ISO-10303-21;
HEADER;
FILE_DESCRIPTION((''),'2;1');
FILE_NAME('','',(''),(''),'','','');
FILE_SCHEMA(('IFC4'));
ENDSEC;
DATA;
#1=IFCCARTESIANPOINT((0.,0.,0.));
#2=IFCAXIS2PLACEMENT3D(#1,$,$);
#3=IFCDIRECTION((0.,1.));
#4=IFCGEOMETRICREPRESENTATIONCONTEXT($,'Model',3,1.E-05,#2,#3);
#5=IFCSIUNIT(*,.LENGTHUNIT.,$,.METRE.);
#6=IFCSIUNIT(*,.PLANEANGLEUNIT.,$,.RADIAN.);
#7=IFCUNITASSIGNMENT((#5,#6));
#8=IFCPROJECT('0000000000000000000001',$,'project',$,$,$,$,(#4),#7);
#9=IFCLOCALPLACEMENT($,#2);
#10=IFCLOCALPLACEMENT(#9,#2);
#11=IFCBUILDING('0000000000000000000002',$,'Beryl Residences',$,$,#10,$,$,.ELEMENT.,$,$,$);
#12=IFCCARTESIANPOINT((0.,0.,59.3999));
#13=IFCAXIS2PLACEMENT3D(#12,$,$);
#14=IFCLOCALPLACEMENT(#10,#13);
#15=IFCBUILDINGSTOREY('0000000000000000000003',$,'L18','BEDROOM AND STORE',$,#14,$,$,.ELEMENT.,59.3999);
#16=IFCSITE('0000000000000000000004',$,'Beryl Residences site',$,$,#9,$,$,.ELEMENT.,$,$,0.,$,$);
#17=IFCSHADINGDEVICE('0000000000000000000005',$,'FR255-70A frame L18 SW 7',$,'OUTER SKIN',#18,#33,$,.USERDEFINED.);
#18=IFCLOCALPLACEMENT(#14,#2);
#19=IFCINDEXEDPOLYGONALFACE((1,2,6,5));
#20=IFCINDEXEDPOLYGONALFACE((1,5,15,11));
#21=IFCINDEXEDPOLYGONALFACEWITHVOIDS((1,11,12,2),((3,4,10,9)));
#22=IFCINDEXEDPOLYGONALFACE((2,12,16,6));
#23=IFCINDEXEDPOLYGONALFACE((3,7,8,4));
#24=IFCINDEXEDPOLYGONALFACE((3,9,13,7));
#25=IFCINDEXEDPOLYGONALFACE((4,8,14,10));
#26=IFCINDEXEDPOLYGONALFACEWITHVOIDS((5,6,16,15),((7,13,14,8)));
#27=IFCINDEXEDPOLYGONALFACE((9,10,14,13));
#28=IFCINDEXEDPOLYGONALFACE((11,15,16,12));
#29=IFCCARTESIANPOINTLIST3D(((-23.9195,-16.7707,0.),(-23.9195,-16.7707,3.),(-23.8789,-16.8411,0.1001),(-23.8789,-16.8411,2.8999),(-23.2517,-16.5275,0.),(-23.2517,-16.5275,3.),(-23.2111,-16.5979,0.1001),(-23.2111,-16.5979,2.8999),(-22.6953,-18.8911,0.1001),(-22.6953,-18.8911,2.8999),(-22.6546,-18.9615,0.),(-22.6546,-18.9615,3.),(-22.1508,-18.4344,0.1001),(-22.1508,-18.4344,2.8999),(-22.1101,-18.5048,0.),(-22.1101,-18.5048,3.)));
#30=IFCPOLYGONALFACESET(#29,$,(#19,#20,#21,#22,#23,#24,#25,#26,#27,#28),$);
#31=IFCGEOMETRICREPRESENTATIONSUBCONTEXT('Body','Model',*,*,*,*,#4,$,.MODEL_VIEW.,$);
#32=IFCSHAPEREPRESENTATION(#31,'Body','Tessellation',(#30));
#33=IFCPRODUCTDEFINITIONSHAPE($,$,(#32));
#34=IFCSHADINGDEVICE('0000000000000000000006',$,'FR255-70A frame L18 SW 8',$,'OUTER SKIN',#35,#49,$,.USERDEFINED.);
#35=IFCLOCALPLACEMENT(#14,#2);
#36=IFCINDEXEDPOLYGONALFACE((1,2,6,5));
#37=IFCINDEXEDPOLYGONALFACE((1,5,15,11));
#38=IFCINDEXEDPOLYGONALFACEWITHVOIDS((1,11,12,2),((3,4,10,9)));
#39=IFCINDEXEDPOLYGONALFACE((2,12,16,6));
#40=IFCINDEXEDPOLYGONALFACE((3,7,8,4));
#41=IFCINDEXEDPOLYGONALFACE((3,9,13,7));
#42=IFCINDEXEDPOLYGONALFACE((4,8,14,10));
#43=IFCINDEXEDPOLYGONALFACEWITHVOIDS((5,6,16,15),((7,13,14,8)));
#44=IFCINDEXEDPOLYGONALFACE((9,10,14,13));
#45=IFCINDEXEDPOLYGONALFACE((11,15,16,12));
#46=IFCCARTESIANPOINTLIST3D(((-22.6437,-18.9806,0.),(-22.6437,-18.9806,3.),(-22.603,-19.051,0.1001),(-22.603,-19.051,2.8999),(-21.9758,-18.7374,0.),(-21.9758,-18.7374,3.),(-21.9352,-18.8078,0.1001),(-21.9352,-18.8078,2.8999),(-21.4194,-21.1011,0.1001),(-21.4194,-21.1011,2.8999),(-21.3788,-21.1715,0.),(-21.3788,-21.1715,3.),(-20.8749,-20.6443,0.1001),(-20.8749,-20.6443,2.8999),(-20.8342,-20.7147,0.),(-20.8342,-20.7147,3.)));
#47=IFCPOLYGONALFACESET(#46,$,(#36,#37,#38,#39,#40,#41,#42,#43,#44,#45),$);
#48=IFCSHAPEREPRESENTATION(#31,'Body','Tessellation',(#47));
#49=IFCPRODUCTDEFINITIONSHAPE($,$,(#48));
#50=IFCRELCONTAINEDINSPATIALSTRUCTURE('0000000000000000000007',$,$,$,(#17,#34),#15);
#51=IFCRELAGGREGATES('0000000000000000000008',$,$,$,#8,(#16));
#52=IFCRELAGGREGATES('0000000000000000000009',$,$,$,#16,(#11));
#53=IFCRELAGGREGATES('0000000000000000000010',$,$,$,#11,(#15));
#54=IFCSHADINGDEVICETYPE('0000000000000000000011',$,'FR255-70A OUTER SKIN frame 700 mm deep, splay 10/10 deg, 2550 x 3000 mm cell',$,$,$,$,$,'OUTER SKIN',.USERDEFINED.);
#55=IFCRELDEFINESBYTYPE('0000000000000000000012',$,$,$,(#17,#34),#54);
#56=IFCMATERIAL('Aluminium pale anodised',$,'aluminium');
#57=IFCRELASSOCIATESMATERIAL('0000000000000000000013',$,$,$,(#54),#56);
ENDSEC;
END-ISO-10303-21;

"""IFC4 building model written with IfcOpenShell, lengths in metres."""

from ifc_helpers import new_model, entity, si_unit, direction, frame, origin, place, context, subcontext, project, spatial, source, transform, mapped, material, type_object, type_shapes, element, save


model = new_model("IFC4")

# Units and contexts
model_context = context("Model", 3, precision=1e-05, world=origin(), true_north=direction((0.0, 1.0)))
body_context = subcontext(model_context, "Body", "Model", "MODEL_VIEW")
ifc_project = project(units=[si_unit("LENGTHUNIT", "METRE"), si_unit("PLANEANGLEUNIT", "RADIAN")], contexts=[model_context])

# Site, building, storey
site_placement = place(None, origin())
site = spatial("IfcSite", under=ifc_project, at=site_placement, Name="Beryl Residences site", CompositionType="ELEMENT", RefElevation=0.0)
building_placement = place(site_placement, origin())
building = spatial("IfcBuilding", under=site, at=building_placement, Name="Beryl Residences", CompositionType="ELEMENT")
storey_placement = place(building_placement, frame((0.0, 0.0, 59.3999)))
storey = spatial("IfcBuildingStorey", under=building, at=storey_placement, Name="L18", Description="BEDROOM AND STORE", CompositionType="ELEMENT", Elevation=59.3999)

# Shading devices
ifc_material_1 = material(Name="Aluminium pale anodised", Category="aluminium")
shading_device_type = type_object("IfcShadingDeviceType", Name="FR255-70A OUTER SKIN frame 700 mm deep, splay 10/10 deg, 2550 x 3000 mm cell", ElementType="OUTER SKIN", PredefinedType="USERDEFINED", material=ifc_material_1)
cartesian_point_1 = entity("IfcCartesianPoint", [-1.1416, 0.0])
cartesian_point_2 = entity("IfcCartesianPoint", [-1.0603, 0.1001])
cartesian_point_3 = entity("IfcCartesianPoint", [-1.2649, 0.0])
cartesian_point_4 = entity("IfcCartesianPoint", [-1.1836, 0.1001])
shared_shape = source(origin(), body_context, "Body", "SweptSolid", [
    entity("IfcExtrudedAreaSolidTapered", entity("IfcArbitraryProfileDefWithVoids", "AREA", None, entity("IfcPolyline", [cartesian_point_1, entity("IfcCartesianPoint", [1.1416, 0.0]), entity("IfcCartesianPoint", [1.1416, 3.0]), entity("IfcCartesianPoint", [-1.1416, 3.0]), cartesian_point_1]), [entity("IfcPolyline", [cartesian_point_2, entity("IfcCartesianPoint", [1.0603, 0.1001]), entity("IfcCartesianPoint", [1.0603, 2.8999]), entity("IfcCartesianPoint", [-1.0603, 2.8999]), cartesian_point_2])]), entity("IfcAxis2Placement3D", entity("IfcCartesianPoint", [0.0, 0.0, 0.0]), entity("IfcDirection", [0.0, 1.0, 0.0]), entity("IfcDirection", [-1.0, 0.0, 0.0])), entity("IfcDirection", [0.0, 0.0, 1.0]), 0.7, entity("IfcArbitraryProfileDefWithVoids", "AREA", None, entity("IfcPolyline", [cartesian_point_3, entity("IfcCartesianPoint", [1.2649, 0.0]), entity("IfcCartesianPoint", [1.2649, 3.0]), entity("IfcCartesianPoint", [-1.2649, 3.0]), cartesian_point_3]), [entity("IfcPolyline", [cartesian_point_4, entity("IfcCartesianPoint", [1.1836, 0.1001]), entity("IfcCartesianPoint", [1.1836, 2.8999]), entity("IfcCartesianPoint", [-1.1836, 2.8999]), cartesian_point_4])])),
])
type_shapes(shading_device_type, [shared_shape])
for number, where, z_axis, x_axis, name in (
    (1, (-22.6809, -17.5161, 0.0), (0.0, 0.0, 1.0), (-0.5, 0.866025, 0.0), "FR255-70A frame L18 SW 7"),
    (2, (-21.405, -19.7261, 0.0), (0.0, 0.0, 1.0), (-0.5, 0.866025, 0.0), "FR255-70A frame L18 SW 8"),
):
    element("IfcShadingDevice", number, at=place(storey_placement, frame(where, z_axis=z_axis, x_axis=x_axis)), inside=storey, type_object=shading_device_type, Name=name, ObjectType="OUTER SKIN", PredefinedType="USERDEFINED", context=body_context, shape_type="MappedRepresentation", body=[
        mapped(shared_shape, transform((0.0, 0.0, 0.0))),
    ])

save(model, "model.ifc")
